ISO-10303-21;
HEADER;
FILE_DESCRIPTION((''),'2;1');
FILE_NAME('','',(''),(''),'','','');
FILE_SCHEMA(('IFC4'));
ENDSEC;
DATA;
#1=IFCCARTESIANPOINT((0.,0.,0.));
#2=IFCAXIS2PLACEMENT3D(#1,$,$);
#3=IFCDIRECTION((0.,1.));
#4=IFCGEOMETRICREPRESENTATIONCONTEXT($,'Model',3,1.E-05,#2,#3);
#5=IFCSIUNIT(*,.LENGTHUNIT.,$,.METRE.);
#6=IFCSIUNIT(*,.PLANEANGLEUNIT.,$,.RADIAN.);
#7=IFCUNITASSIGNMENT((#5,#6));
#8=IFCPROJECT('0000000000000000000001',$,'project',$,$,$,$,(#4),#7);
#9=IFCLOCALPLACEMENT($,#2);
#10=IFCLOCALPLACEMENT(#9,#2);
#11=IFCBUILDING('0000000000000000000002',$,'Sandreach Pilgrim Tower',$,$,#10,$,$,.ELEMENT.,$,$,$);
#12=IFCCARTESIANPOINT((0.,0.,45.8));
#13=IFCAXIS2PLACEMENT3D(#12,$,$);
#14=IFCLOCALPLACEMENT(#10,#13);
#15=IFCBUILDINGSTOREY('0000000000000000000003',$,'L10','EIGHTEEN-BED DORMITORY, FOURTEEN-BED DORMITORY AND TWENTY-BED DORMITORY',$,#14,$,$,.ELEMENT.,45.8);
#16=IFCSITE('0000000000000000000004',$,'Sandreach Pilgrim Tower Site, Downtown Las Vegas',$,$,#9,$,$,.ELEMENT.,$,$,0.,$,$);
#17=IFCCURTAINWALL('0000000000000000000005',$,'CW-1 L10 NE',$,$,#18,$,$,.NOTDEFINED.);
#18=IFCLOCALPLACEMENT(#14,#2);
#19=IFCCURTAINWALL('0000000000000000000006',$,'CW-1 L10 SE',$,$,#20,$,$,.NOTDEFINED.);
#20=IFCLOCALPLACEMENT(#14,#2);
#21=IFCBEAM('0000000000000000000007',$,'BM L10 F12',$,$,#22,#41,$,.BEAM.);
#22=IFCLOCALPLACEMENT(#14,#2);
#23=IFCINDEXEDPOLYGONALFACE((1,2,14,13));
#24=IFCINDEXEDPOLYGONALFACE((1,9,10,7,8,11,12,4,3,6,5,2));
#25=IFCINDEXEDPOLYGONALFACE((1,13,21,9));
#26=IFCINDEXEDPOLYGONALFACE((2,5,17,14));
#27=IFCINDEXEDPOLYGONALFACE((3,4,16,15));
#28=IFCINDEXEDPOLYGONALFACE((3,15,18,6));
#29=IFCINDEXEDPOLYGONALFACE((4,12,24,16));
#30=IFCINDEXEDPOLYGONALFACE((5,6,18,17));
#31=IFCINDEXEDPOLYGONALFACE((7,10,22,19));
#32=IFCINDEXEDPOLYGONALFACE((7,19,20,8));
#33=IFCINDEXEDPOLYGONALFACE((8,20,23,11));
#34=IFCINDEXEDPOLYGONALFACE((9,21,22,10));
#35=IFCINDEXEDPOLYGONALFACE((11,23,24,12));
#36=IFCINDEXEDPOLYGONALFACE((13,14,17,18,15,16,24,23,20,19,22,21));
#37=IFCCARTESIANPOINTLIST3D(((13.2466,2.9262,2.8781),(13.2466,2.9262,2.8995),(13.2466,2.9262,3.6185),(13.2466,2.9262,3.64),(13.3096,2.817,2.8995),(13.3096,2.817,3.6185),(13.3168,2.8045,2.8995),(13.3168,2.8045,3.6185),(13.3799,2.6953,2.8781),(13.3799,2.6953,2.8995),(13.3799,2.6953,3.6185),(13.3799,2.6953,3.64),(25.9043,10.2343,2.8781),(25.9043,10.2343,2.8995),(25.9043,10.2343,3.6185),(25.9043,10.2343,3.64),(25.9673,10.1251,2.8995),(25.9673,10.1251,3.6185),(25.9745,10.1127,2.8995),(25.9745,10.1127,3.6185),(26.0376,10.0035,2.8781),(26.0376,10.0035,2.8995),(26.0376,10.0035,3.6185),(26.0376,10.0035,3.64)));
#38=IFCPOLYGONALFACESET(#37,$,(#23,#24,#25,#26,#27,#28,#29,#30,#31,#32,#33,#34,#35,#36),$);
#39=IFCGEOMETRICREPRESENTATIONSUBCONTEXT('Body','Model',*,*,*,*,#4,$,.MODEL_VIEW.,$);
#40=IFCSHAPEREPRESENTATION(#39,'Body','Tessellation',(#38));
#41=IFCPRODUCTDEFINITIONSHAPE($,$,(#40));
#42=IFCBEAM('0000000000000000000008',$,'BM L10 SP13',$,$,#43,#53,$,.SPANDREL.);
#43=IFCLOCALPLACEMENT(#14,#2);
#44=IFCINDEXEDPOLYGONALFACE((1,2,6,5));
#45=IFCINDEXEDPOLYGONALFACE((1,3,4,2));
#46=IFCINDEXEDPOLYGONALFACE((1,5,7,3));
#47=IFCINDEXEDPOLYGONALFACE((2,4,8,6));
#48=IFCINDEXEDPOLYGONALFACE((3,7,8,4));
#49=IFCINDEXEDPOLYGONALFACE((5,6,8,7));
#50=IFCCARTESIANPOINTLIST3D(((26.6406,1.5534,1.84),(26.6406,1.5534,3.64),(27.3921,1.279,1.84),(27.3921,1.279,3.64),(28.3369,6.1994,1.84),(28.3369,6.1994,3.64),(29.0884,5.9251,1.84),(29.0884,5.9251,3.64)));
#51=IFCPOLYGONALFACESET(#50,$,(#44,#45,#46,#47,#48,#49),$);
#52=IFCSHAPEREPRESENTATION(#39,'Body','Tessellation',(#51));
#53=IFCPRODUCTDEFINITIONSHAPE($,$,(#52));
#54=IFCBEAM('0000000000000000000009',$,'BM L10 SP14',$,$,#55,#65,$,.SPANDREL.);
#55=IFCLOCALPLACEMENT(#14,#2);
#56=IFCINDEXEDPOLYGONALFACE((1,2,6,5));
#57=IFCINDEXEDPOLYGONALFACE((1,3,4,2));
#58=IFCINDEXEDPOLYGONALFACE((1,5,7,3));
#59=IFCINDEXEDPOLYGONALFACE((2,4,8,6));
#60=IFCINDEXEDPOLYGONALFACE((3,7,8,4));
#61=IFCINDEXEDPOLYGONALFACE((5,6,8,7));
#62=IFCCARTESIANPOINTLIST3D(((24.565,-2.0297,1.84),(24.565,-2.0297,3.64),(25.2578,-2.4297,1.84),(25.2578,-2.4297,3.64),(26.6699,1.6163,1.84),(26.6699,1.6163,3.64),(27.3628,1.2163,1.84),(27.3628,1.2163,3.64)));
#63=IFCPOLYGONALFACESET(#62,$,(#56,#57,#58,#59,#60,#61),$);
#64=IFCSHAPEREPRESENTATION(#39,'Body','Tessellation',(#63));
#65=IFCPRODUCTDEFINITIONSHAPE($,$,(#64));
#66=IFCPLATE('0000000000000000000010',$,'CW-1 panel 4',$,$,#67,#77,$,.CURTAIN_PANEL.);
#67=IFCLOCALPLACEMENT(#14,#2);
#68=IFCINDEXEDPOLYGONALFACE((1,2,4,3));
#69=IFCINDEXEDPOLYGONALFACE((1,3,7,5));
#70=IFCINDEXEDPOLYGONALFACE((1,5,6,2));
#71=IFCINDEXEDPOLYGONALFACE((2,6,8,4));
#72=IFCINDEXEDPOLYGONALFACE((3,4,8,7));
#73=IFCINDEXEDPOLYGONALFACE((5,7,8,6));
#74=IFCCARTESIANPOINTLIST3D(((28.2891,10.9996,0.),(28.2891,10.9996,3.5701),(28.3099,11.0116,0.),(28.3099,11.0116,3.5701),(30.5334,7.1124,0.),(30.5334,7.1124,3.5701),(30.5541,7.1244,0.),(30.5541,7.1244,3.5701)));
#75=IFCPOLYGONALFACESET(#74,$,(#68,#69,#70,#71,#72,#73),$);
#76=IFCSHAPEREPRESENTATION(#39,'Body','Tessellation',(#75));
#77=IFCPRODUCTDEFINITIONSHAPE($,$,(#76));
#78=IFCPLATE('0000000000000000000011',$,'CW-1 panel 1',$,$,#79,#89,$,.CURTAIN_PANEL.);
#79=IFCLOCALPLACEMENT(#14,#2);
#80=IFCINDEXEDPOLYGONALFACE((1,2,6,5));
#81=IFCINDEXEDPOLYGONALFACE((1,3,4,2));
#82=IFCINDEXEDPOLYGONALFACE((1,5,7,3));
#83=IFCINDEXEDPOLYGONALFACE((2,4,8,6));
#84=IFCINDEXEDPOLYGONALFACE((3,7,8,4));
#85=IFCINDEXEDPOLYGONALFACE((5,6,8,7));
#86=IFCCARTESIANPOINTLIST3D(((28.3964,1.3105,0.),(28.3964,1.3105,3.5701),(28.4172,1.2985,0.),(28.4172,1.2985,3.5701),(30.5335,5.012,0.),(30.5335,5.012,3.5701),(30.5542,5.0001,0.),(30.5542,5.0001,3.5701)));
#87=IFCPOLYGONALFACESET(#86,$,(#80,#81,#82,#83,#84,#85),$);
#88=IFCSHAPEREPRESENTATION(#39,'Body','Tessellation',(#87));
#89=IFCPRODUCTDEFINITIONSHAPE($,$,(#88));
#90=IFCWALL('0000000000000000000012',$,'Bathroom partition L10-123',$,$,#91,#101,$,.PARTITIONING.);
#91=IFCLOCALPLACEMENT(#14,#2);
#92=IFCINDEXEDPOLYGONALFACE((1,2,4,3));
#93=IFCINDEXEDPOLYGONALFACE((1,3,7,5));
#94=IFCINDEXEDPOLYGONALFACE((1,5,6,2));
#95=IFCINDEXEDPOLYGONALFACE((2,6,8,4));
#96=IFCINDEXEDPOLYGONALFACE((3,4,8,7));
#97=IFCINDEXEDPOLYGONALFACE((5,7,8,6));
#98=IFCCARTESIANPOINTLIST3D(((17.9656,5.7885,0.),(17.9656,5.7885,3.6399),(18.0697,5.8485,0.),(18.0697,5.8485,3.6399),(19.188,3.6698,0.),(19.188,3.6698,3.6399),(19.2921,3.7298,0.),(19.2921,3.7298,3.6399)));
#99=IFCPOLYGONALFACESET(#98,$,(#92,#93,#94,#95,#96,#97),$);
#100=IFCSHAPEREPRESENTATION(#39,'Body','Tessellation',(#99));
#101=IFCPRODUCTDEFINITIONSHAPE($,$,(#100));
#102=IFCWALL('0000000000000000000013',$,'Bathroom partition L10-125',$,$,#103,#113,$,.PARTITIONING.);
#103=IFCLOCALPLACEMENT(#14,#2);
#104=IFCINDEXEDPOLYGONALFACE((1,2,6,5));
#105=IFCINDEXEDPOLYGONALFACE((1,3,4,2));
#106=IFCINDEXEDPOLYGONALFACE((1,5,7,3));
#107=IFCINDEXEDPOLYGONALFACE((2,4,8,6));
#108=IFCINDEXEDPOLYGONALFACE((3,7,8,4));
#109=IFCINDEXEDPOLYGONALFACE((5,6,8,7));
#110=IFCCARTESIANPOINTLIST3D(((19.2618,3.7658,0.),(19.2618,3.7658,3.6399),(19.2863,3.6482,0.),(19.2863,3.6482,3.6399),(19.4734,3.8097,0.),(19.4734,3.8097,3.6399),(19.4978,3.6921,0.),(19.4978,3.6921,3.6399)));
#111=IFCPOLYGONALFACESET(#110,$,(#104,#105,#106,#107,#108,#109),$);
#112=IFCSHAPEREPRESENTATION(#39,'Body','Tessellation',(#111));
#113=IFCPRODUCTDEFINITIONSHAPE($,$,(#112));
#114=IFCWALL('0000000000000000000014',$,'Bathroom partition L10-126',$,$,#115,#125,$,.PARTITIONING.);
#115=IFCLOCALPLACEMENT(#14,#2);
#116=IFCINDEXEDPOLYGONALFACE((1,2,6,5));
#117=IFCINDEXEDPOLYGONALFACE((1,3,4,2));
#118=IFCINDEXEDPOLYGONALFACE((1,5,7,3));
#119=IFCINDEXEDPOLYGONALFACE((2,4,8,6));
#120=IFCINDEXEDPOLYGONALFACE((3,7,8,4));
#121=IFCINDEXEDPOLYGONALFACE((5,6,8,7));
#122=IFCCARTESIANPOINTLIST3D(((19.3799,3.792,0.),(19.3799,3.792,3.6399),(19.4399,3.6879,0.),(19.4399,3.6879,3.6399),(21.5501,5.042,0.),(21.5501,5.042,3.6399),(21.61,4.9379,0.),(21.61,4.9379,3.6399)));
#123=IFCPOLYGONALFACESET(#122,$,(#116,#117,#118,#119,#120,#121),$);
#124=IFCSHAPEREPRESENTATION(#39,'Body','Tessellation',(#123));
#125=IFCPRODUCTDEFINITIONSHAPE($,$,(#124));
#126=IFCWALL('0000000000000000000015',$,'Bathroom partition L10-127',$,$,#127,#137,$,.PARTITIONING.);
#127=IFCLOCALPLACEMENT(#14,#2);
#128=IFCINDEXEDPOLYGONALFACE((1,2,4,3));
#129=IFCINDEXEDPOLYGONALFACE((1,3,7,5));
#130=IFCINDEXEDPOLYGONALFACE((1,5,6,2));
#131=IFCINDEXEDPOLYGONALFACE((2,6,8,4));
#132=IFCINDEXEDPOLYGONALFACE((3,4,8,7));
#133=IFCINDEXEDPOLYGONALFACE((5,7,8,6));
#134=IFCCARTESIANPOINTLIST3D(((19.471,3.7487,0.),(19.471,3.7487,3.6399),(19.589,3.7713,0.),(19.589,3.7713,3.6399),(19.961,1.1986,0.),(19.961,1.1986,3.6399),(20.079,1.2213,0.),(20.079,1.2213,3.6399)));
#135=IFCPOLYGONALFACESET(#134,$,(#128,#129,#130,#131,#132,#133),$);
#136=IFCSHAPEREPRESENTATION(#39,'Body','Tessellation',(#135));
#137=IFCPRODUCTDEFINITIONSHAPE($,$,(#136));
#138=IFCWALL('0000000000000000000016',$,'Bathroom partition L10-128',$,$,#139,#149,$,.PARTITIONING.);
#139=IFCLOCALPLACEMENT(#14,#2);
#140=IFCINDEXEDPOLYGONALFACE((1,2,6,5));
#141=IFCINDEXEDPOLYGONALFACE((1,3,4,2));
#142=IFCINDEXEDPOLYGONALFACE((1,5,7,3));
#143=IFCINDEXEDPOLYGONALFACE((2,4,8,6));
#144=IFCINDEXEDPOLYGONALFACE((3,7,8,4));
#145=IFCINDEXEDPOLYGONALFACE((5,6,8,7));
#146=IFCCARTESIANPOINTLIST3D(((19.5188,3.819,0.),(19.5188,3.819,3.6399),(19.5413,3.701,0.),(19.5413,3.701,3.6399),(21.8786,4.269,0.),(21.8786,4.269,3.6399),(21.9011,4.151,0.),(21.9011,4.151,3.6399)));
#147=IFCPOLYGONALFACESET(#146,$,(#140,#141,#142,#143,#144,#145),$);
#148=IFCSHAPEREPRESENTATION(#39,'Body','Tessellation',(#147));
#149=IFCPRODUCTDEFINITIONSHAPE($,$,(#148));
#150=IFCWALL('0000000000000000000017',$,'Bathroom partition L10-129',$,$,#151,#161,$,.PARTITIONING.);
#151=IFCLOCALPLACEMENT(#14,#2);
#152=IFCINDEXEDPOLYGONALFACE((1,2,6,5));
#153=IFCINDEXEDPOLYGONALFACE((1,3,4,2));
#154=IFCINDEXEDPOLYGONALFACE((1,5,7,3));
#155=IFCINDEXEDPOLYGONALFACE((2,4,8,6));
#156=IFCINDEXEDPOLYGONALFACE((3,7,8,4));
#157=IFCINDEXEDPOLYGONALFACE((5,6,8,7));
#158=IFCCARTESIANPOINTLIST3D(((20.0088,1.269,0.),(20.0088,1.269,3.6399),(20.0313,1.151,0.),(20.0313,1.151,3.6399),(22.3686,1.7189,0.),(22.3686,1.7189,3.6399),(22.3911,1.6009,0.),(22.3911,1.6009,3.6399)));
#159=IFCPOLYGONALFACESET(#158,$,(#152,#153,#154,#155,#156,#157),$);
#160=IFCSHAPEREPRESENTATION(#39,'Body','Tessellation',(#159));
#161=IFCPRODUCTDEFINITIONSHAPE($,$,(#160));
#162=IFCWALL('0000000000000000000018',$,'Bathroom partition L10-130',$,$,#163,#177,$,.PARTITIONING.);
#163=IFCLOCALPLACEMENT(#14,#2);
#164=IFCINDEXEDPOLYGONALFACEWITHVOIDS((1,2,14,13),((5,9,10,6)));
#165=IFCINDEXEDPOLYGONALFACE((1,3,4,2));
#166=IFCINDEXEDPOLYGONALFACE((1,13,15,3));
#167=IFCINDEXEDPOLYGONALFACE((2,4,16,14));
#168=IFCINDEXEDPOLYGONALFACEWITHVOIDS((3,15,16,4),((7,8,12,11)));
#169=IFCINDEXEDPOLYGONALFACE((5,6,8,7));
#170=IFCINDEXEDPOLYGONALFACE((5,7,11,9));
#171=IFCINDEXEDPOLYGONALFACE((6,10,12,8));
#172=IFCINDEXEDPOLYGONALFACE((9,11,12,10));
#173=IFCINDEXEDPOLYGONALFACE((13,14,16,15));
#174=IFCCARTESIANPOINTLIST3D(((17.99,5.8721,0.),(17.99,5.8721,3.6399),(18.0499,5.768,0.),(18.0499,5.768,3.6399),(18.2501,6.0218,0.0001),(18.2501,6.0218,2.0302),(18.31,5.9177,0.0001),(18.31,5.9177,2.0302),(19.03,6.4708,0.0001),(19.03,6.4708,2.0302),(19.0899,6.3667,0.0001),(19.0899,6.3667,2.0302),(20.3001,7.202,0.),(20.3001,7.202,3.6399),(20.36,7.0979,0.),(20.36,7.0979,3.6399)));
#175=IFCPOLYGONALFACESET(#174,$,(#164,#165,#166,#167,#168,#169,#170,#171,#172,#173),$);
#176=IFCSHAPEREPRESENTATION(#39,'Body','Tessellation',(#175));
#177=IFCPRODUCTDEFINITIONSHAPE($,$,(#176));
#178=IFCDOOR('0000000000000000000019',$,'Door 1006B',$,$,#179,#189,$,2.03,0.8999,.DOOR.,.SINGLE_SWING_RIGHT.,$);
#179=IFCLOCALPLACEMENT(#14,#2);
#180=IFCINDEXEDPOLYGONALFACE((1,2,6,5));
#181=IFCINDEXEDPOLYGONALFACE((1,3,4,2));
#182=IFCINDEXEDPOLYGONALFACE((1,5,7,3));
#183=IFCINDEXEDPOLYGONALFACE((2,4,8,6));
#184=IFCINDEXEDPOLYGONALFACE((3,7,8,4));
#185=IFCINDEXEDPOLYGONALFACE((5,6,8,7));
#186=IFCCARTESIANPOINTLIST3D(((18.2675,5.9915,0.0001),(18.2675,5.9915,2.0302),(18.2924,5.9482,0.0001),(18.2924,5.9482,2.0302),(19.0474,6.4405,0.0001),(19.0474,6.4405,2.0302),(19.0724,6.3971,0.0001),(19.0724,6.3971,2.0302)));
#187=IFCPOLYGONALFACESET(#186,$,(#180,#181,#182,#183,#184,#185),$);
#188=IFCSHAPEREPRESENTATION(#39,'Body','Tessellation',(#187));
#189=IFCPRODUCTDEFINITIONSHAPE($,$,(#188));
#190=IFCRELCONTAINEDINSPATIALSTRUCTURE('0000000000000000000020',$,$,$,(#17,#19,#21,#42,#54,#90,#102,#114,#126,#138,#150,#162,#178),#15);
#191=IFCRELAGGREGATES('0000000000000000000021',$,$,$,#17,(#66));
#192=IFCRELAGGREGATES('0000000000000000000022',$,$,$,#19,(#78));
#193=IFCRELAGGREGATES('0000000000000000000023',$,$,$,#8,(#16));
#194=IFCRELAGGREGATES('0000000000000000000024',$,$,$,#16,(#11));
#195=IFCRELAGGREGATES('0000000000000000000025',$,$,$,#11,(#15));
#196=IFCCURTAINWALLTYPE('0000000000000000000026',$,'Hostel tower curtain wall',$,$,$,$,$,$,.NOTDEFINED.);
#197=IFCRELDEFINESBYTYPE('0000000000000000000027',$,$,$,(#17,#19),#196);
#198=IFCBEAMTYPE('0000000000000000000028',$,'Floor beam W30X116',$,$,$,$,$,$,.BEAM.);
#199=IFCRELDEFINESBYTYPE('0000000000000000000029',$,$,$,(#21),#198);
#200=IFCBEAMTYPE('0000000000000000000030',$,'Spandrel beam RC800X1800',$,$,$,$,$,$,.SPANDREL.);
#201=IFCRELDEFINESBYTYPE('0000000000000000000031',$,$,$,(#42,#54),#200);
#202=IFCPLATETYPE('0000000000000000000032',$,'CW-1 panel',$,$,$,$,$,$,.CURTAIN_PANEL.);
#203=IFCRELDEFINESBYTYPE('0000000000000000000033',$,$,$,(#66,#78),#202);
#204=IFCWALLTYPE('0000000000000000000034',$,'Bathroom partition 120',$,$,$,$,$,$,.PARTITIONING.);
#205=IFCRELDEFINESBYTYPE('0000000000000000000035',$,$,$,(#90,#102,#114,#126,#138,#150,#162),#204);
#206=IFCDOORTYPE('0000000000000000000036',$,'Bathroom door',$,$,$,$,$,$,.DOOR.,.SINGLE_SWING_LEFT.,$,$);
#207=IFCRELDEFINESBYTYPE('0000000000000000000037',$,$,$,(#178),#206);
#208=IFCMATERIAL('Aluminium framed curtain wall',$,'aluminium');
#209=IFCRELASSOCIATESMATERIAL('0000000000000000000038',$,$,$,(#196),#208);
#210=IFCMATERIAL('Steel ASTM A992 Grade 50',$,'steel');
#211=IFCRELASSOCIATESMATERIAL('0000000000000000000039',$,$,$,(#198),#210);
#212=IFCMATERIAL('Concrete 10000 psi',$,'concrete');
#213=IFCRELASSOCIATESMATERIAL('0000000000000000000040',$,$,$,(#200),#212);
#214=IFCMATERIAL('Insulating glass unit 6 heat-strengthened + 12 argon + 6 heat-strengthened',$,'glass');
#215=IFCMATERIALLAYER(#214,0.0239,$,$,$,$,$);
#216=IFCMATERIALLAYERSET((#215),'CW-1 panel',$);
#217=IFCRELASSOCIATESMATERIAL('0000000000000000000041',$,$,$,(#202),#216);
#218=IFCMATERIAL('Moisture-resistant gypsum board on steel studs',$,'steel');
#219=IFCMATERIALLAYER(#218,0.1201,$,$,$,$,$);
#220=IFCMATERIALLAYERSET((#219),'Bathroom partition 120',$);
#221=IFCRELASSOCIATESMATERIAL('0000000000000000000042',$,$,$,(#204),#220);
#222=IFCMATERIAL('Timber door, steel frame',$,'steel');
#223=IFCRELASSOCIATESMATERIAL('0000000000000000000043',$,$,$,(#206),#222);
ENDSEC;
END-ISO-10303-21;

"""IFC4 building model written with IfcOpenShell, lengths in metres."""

from ifc_helpers import new_model, si_unit, direction, frame, frame_2d, origin, origin_2d, place, context, subcontext, project, spatial, rectangle, i_section, extrude, material, layer, layer_set, material_profile, profile_set, type_object, element, fill, aggregate, save


model = new_model("IFC4")

# Units and contexts
model_context = context("Model", 3, precision=1e-05, world=origin(), true_north=direction((0.0, 1.0)))
body_context = subcontext(model_context, "Body", "Model", "MODEL_VIEW")
ifc_project = project(units=[si_unit("LENGTHUNIT", "METRE"), si_unit("PLANEANGLEUNIT", "RADIAN")], contexts=[model_context])

# Site, building, storey
site_placement = place(None, origin())
site = spatial("IfcSite", under=ifc_project, at=site_placement, Name="Sandreach Pilgrim Tower Site, Downtown Las Vegas", CompositionType="ELEMENT", RefElevation=0.0)
building_placement = place(site_placement, origin())
building = spatial("IfcBuilding", under=site, at=building_placement, Name="Sandreach Pilgrim Tower", CompositionType="ELEMENT")
storey_placement = place(building_placement, frame((0.0, 0.0, 45.8)))
storey = spatial("IfcBuildingStorey", under=building, at=storey_placement, Name="L10", Description="EIGHTEEN-BED DORMITORY, FOURTEEN-BED DORMITORY AND TWENTY-BED DORMITORY", CompositionType="ELEMENT", Elevation=45.8)

# Curtain wall
ifc_material_1 = material(Name="Aluminium framed curtain wall", Category="aluminium")
curtain_wall_type = type_object("IfcCurtainWallType", Name="Hostel tower curtain wall", PredefinedType="NOTDEFINED", material=ifc_material_1)
curtain_wall_1_placement = place(storey_placement, origin())
curtain_wall_1 = element("IfcCurtainWall", 1, at=curtain_wall_1_placement, inside=storey, type_object=curtain_wall_type, Name="CW-1 L10 NE", PredefinedType="NOTDEFINED")

# Curtain wall
curtain_wall_2_placement = place(storey_placement, origin())
curtain_wall_2 = element("IfcCurtainWall", 2, at=curtain_wall_2_placement, inside=storey, type_object=curtain_wall_type, Name="CW-1 L10 SE", PredefinedType="NOTDEFINED")

# Beams
ifc_material_2 = material(Name="Steel ASTM A992 Grade 50", Category="steel")
ifc_material_profile_1 = material_profile(ifc_material_2, i_section(OverallWidth=0.2666, OverallDepth=0.762, WebThickness=0.0144, FlangeThickness=0.0215, at=origin_2d()), Name="W30X116")
ifc_profile_set_1 = profile_set([ifc_material_profile_1], Name="Steel ASTM A992 Grade 50")
beam_type_1 = type_object("IfcBeamType", Name="Floor beam W30X116", PredefinedType="BEAM", material=ifc_profile_set_1)
beam_1_placement = place(storey_placement, frame((25.9709, 10.1189, 3.259), z_axis=(-0.86602, -0.500009, 0.0), x_axis=(0.500009, -0.86602, 0.0)))
element("IfcBeam", 3, at=beam_1_placement, inside=storey, type_object=beam_type_1, Name="BM L10 F12", PredefinedType="BEAM", context=body_context, shape_type="SweptSolid", body=[
    extrude(i_section(OverallWidth=0.2666, OverallDepth=0.762, WebThickness=0.0144, FlangeThickness=0.0215, at=origin_2d()), origin(), (0.0, 0.0, 1.0), 14.616),
])
ifc_material_3 = material(Name="Concrete 10000 psi", Category="concrete")
ifc_material_profile_2 = material_profile(ifc_material_3, rectangle(XDim=0.8, YDim=1.8, at=origin_2d()), Name="RC800X1800")
ifc_profile_set_2 = profile_set([ifc_material_profile_2], Name="Concrete 10000 psi")
beam_type_2 = type_object("IfcBeamType", Name="Spandrel beam RC800X1800", PredefinedType="SPANDREL", material=ifc_profile_set_2)
beam_2_placement = place(storey_placement, frame((28.7126, 6.0623, 2.74), z_axis=(-0.342963, -0.939349, 0.0), x_axis=(0.939349, -0.342963, 0.0)))
element("IfcBeam", 4, at=beam_2_placement, inside=storey, type_object=beam_type_2, Name="BM L10 SP13", PredefinedType="SPANDREL", context=body_context, shape_type="SweptSolid", body=[
    extrude(rectangle(XDim=0.8, YDim=1.8, at=origin_2d()), origin(), (0.0, 0.0, 1.0), 4.946),
])
beam_3_placement = place(storey_placement, frame((27.0164, 1.4163, 2.74), z_axis=(-0.499994, -0.866029, 0.0), x_axis=(0.866029, -0.499994, 0.0)))
element("IfcBeam", 5, at=beam_3_placement, inside=storey, type_object=beam_type_2, Name="BM L10 SP14", PredefinedType="SPANDREL", context=body_context, shape_type="SweptSolid", body=[
    extrude(rectangle(XDim=0.8, YDim=1.8, at=origin_2d()), origin(), (0.0, 0.0, 1.0), 4.21),
])

# Plates
ifc_material_4 = material(Name="Insulating glass unit 6 heat-strengthened + 12 argon + 6 heat-strengthened", Category="glass")
ifc_layer_1 = layer(ifc_material_4, 0.0239)
ifc_layer_set_1 = layer_set([ifc_layer_1], Name="CW-1 panel")
plate_type = type_object("IfcPlateType", Name="CW-1 panel", PredefinedType="CURTAIN_PANEL", material=ifc_layer_set_1)
plate_1_placement = place(storey_placement, frame((29.4216, 9.062, 0.0), z_axis=(0.0, 0.0, 1.0), x_axis=(0.5, -0.866025, 0.0)))
plate_1 = element("IfcPlate", 6, at=plate_1_placement, type_object=plate_type, Name="CW-1 panel 4", PredefinedType="CURTAIN_PANEL", context=body_context, shape_type="SweptSolid", body=[
    extrude(rectangle(XDim=4.4885, YDim=0.0239, at=origin_2d()), origin(), (0.0, 0.0, 1.0), 3.5701),
])
aggregate(curtain_wall_1, [plate_1])
plate_2_placement = place(storey_placement, frame((29.4753, 3.1553, 0.0), z_axis=(0.0, 0.0, 1.0), x_axis=(-0.5, -0.866025, 0.0)))
plate_2 = element("IfcPlate", 7, at=plate_2_placement, type_object=plate_type, Name="CW-1 panel 1", PredefinedType="CURTAIN_PANEL", context=body_context, shape_type="SweptSolid", body=[
    extrude(rectangle(XDim=4.2742, YDim=0.0239, at=origin_2d()), origin(), (0.0, 0.0, 1.0), 3.5701),
])
aggregate(curtain_wall_2, [plate_2])

# Walls
ifc_material_5 = material(Name="Moisture-resistant gypsum board on steel studs", Category="steel")
ifc_layer_2 = layer(ifc_material_5, 0.1201)
ifc_layer_set_2 = layer_set([ifc_layer_2], Name="Bathroom partition 120")
wall_type_1 = type_object("IfcWallType", Name="Bathroom partition 120", PredefinedType="PARTITIONING", material=ifc_layer_set_2)
wall_1_placement = place(storey_placement, frame((18.0176, 5.8186, 0.0), z_axis=(0.0, 0.0, 1.0), x_axis=(0.499757, -0.866166, 0.0)))
element("IfcWall", 8, at=wall_1_placement, inside=storey, type_object=wall_type_1, Name="Bathroom partition L10-123", PredefinedType="PARTITIONING", context=body_context, shape_type="SweptSolid", body=[
    extrude(rectangle(XDim=2.446, YDim=0.1201, at=frame_2d((1.2231, 0.0))), origin(), (0.0, 0.0, 1.0), 3.6399),
])
wall_2_placement = place(storey_placement, frame((19.2742, 3.707, 0.0), z_axis=(0.0, 0.0, 1.0), x_axis=(0.979121, 0.203278, 0.0)))
element("IfcWall", 9, at=wall_2_placement, inside=storey, type_object=wall_type_1, Name="Bathroom partition L10-125", PredefinedType="PARTITIONING", context=body_context, shape_type="SweptSolid", body=[
    extrude(rectangle(XDim=0.2161, YDim=0.1201, at=frame_2d((0.1079, 0.0))), origin(), (0.0, 0.0, 1.0), 3.6399),
])
wall_3_placement = place(storey_placement, frame((19.4099, 3.74, 0.0), z_axis=(0.0, 0.0, 1.0), x_axis=(0.866534, 0.499118, 0.0)))
element("IfcWall", 10, at=wall_3_placement, inside=storey, type_object=wall_type_1, Name="Bathroom partition L10-126", PredefinedType="PARTITIONING", context=body_context, shape_type="SweptSolid", body=[
    extrude(rectangle(XDim=2.5044, YDim=0.1201, at=frame_2d((1.2522, 0.0))), origin(), (0.0, 0.0, 1.0), 3.6399),
])
wall_4_placement = place(storey_placement, frame((19.53, 3.76, 0.0), z_axis=(0.0, 0.0, 1.0), x_axis=(0.188697, -0.982035, 0.0)))
element("IfcWall", 11, at=wall_4_placement, inside=storey, type_object=wall_type_1, Name="Bathroom partition L10-127", PredefinedType="PARTITIONING", context=body_context, shape_type="SweptSolid", body=[
    extrude(rectangle(XDim=2.5967, YDim=0.1201, at=frame_2d((1.2983, 0.0))), origin(), (0.0, 0.0, 1.0), 3.6399),
])
for number, where, z_axis, x_axis, name in (
    (12, (19.53, 3.76, 0.0), (0.0, 0.0, 1.0), (0.982304, 0.187294, 0.0), "Bathroom partition L10-128"),
    (13, (20.02, 1.21, 0.0), (0.0, 0.0, 1.0), (0.982304, 0.187294, 0.0), "Bathroom partition L10-129"),
):
    element("IfcWall", number, at=place(storey_placement, frame(where, z_axis=z_axis, x_axis=x_axis)), inside=storey, type_object=wall_type_1, Name=name, PredefinedType="PARTITIONING", context=body_context, shape_type="SweptSolid", body=[
        extrude(rectangle(XDim=2.4023, YDim=0.1201, at=frame_2d((1.2012, 0.0))), origin(), (0.0, 0.0, 1.0), 3.6399),
    ])

# Wall, opening, door
wall_5_placement = place(storey_placement, frame((20.3301, 7.1499, 0.0), z_axis=(0.0, 0.0, 1.0), x_axis=(-0.866655, -0.498908, 0.0)))
wall_5 = element("IfcWall", 14, at=wall_5_placement, inside=storey, type_object=wall_type_1, Name="Bathroom partition L10-130", PredefinedType="PARTITIONING", context=body_context, shape_type="SweptSolid", body=[
    extrude(rectangle(XDim=2.6655, YDim=0.1201, at=frame_2d((1.3328, 0.0))), origin(), (0.0, 0.0, 1.0), 3.6399),
])
opening_1_placement = place(wall_5_placement, frame((1.4656, 0.0, 0.0)))
opening_1 = element("IfcOpeningElement", 15, at=opening_1_placement, cuts=wall_5, PredefinedType="OPENING", context=body_context, shape_type="SweptSolid", body=[
    extrude(rectangle(XDim=0.8999, YDim=2.03, at=frame_2d((0.45, 1.0151))), frame((0.0, 0.0601, 0.0), z_axis=(0.0, -1.0, 0.0), x_axis=(1.0, 0.0, 0.0)), (0.0, 0.0, 1.0), 0.1201),
])
ifc_material_6 = material(Name="Timber door, steel frame", Category="steel")
door_type_1 = type_object("IfcDoorType", Name="Bathroom door", OperationType="SINGLE_SWING_LEFT", PredefinedType="DOOR", material=ifc_material_6)
door_1_placement = place(opening_1_placement, origin())
door_1 = element("IfcDoor", 16, at=door_1_placement, inside=storey, type_object=door_type_1, Name="Door 1006B", OperationType="SINGLE_SWING_RIGHT", OverallHeight=2.03, OverallWidth=0.8999, PredefinedType="DOOR", context=body_context, shape_type="SweptSolid", body=[
    extrude(rectangle(XDim=0.8999, YDim=2.03, at=frame_2d((0.45, 1.0151))), frame((0.0, 0.0249, 0.0), z_axis=(0.0, -1.0, 0.0), x_axis=(1.0, 0.0, 0.0)), (0.0, 0.0, 1.0), 0.05),
])
fill(opening_1, door_1)

save(model, "model.ifc")
